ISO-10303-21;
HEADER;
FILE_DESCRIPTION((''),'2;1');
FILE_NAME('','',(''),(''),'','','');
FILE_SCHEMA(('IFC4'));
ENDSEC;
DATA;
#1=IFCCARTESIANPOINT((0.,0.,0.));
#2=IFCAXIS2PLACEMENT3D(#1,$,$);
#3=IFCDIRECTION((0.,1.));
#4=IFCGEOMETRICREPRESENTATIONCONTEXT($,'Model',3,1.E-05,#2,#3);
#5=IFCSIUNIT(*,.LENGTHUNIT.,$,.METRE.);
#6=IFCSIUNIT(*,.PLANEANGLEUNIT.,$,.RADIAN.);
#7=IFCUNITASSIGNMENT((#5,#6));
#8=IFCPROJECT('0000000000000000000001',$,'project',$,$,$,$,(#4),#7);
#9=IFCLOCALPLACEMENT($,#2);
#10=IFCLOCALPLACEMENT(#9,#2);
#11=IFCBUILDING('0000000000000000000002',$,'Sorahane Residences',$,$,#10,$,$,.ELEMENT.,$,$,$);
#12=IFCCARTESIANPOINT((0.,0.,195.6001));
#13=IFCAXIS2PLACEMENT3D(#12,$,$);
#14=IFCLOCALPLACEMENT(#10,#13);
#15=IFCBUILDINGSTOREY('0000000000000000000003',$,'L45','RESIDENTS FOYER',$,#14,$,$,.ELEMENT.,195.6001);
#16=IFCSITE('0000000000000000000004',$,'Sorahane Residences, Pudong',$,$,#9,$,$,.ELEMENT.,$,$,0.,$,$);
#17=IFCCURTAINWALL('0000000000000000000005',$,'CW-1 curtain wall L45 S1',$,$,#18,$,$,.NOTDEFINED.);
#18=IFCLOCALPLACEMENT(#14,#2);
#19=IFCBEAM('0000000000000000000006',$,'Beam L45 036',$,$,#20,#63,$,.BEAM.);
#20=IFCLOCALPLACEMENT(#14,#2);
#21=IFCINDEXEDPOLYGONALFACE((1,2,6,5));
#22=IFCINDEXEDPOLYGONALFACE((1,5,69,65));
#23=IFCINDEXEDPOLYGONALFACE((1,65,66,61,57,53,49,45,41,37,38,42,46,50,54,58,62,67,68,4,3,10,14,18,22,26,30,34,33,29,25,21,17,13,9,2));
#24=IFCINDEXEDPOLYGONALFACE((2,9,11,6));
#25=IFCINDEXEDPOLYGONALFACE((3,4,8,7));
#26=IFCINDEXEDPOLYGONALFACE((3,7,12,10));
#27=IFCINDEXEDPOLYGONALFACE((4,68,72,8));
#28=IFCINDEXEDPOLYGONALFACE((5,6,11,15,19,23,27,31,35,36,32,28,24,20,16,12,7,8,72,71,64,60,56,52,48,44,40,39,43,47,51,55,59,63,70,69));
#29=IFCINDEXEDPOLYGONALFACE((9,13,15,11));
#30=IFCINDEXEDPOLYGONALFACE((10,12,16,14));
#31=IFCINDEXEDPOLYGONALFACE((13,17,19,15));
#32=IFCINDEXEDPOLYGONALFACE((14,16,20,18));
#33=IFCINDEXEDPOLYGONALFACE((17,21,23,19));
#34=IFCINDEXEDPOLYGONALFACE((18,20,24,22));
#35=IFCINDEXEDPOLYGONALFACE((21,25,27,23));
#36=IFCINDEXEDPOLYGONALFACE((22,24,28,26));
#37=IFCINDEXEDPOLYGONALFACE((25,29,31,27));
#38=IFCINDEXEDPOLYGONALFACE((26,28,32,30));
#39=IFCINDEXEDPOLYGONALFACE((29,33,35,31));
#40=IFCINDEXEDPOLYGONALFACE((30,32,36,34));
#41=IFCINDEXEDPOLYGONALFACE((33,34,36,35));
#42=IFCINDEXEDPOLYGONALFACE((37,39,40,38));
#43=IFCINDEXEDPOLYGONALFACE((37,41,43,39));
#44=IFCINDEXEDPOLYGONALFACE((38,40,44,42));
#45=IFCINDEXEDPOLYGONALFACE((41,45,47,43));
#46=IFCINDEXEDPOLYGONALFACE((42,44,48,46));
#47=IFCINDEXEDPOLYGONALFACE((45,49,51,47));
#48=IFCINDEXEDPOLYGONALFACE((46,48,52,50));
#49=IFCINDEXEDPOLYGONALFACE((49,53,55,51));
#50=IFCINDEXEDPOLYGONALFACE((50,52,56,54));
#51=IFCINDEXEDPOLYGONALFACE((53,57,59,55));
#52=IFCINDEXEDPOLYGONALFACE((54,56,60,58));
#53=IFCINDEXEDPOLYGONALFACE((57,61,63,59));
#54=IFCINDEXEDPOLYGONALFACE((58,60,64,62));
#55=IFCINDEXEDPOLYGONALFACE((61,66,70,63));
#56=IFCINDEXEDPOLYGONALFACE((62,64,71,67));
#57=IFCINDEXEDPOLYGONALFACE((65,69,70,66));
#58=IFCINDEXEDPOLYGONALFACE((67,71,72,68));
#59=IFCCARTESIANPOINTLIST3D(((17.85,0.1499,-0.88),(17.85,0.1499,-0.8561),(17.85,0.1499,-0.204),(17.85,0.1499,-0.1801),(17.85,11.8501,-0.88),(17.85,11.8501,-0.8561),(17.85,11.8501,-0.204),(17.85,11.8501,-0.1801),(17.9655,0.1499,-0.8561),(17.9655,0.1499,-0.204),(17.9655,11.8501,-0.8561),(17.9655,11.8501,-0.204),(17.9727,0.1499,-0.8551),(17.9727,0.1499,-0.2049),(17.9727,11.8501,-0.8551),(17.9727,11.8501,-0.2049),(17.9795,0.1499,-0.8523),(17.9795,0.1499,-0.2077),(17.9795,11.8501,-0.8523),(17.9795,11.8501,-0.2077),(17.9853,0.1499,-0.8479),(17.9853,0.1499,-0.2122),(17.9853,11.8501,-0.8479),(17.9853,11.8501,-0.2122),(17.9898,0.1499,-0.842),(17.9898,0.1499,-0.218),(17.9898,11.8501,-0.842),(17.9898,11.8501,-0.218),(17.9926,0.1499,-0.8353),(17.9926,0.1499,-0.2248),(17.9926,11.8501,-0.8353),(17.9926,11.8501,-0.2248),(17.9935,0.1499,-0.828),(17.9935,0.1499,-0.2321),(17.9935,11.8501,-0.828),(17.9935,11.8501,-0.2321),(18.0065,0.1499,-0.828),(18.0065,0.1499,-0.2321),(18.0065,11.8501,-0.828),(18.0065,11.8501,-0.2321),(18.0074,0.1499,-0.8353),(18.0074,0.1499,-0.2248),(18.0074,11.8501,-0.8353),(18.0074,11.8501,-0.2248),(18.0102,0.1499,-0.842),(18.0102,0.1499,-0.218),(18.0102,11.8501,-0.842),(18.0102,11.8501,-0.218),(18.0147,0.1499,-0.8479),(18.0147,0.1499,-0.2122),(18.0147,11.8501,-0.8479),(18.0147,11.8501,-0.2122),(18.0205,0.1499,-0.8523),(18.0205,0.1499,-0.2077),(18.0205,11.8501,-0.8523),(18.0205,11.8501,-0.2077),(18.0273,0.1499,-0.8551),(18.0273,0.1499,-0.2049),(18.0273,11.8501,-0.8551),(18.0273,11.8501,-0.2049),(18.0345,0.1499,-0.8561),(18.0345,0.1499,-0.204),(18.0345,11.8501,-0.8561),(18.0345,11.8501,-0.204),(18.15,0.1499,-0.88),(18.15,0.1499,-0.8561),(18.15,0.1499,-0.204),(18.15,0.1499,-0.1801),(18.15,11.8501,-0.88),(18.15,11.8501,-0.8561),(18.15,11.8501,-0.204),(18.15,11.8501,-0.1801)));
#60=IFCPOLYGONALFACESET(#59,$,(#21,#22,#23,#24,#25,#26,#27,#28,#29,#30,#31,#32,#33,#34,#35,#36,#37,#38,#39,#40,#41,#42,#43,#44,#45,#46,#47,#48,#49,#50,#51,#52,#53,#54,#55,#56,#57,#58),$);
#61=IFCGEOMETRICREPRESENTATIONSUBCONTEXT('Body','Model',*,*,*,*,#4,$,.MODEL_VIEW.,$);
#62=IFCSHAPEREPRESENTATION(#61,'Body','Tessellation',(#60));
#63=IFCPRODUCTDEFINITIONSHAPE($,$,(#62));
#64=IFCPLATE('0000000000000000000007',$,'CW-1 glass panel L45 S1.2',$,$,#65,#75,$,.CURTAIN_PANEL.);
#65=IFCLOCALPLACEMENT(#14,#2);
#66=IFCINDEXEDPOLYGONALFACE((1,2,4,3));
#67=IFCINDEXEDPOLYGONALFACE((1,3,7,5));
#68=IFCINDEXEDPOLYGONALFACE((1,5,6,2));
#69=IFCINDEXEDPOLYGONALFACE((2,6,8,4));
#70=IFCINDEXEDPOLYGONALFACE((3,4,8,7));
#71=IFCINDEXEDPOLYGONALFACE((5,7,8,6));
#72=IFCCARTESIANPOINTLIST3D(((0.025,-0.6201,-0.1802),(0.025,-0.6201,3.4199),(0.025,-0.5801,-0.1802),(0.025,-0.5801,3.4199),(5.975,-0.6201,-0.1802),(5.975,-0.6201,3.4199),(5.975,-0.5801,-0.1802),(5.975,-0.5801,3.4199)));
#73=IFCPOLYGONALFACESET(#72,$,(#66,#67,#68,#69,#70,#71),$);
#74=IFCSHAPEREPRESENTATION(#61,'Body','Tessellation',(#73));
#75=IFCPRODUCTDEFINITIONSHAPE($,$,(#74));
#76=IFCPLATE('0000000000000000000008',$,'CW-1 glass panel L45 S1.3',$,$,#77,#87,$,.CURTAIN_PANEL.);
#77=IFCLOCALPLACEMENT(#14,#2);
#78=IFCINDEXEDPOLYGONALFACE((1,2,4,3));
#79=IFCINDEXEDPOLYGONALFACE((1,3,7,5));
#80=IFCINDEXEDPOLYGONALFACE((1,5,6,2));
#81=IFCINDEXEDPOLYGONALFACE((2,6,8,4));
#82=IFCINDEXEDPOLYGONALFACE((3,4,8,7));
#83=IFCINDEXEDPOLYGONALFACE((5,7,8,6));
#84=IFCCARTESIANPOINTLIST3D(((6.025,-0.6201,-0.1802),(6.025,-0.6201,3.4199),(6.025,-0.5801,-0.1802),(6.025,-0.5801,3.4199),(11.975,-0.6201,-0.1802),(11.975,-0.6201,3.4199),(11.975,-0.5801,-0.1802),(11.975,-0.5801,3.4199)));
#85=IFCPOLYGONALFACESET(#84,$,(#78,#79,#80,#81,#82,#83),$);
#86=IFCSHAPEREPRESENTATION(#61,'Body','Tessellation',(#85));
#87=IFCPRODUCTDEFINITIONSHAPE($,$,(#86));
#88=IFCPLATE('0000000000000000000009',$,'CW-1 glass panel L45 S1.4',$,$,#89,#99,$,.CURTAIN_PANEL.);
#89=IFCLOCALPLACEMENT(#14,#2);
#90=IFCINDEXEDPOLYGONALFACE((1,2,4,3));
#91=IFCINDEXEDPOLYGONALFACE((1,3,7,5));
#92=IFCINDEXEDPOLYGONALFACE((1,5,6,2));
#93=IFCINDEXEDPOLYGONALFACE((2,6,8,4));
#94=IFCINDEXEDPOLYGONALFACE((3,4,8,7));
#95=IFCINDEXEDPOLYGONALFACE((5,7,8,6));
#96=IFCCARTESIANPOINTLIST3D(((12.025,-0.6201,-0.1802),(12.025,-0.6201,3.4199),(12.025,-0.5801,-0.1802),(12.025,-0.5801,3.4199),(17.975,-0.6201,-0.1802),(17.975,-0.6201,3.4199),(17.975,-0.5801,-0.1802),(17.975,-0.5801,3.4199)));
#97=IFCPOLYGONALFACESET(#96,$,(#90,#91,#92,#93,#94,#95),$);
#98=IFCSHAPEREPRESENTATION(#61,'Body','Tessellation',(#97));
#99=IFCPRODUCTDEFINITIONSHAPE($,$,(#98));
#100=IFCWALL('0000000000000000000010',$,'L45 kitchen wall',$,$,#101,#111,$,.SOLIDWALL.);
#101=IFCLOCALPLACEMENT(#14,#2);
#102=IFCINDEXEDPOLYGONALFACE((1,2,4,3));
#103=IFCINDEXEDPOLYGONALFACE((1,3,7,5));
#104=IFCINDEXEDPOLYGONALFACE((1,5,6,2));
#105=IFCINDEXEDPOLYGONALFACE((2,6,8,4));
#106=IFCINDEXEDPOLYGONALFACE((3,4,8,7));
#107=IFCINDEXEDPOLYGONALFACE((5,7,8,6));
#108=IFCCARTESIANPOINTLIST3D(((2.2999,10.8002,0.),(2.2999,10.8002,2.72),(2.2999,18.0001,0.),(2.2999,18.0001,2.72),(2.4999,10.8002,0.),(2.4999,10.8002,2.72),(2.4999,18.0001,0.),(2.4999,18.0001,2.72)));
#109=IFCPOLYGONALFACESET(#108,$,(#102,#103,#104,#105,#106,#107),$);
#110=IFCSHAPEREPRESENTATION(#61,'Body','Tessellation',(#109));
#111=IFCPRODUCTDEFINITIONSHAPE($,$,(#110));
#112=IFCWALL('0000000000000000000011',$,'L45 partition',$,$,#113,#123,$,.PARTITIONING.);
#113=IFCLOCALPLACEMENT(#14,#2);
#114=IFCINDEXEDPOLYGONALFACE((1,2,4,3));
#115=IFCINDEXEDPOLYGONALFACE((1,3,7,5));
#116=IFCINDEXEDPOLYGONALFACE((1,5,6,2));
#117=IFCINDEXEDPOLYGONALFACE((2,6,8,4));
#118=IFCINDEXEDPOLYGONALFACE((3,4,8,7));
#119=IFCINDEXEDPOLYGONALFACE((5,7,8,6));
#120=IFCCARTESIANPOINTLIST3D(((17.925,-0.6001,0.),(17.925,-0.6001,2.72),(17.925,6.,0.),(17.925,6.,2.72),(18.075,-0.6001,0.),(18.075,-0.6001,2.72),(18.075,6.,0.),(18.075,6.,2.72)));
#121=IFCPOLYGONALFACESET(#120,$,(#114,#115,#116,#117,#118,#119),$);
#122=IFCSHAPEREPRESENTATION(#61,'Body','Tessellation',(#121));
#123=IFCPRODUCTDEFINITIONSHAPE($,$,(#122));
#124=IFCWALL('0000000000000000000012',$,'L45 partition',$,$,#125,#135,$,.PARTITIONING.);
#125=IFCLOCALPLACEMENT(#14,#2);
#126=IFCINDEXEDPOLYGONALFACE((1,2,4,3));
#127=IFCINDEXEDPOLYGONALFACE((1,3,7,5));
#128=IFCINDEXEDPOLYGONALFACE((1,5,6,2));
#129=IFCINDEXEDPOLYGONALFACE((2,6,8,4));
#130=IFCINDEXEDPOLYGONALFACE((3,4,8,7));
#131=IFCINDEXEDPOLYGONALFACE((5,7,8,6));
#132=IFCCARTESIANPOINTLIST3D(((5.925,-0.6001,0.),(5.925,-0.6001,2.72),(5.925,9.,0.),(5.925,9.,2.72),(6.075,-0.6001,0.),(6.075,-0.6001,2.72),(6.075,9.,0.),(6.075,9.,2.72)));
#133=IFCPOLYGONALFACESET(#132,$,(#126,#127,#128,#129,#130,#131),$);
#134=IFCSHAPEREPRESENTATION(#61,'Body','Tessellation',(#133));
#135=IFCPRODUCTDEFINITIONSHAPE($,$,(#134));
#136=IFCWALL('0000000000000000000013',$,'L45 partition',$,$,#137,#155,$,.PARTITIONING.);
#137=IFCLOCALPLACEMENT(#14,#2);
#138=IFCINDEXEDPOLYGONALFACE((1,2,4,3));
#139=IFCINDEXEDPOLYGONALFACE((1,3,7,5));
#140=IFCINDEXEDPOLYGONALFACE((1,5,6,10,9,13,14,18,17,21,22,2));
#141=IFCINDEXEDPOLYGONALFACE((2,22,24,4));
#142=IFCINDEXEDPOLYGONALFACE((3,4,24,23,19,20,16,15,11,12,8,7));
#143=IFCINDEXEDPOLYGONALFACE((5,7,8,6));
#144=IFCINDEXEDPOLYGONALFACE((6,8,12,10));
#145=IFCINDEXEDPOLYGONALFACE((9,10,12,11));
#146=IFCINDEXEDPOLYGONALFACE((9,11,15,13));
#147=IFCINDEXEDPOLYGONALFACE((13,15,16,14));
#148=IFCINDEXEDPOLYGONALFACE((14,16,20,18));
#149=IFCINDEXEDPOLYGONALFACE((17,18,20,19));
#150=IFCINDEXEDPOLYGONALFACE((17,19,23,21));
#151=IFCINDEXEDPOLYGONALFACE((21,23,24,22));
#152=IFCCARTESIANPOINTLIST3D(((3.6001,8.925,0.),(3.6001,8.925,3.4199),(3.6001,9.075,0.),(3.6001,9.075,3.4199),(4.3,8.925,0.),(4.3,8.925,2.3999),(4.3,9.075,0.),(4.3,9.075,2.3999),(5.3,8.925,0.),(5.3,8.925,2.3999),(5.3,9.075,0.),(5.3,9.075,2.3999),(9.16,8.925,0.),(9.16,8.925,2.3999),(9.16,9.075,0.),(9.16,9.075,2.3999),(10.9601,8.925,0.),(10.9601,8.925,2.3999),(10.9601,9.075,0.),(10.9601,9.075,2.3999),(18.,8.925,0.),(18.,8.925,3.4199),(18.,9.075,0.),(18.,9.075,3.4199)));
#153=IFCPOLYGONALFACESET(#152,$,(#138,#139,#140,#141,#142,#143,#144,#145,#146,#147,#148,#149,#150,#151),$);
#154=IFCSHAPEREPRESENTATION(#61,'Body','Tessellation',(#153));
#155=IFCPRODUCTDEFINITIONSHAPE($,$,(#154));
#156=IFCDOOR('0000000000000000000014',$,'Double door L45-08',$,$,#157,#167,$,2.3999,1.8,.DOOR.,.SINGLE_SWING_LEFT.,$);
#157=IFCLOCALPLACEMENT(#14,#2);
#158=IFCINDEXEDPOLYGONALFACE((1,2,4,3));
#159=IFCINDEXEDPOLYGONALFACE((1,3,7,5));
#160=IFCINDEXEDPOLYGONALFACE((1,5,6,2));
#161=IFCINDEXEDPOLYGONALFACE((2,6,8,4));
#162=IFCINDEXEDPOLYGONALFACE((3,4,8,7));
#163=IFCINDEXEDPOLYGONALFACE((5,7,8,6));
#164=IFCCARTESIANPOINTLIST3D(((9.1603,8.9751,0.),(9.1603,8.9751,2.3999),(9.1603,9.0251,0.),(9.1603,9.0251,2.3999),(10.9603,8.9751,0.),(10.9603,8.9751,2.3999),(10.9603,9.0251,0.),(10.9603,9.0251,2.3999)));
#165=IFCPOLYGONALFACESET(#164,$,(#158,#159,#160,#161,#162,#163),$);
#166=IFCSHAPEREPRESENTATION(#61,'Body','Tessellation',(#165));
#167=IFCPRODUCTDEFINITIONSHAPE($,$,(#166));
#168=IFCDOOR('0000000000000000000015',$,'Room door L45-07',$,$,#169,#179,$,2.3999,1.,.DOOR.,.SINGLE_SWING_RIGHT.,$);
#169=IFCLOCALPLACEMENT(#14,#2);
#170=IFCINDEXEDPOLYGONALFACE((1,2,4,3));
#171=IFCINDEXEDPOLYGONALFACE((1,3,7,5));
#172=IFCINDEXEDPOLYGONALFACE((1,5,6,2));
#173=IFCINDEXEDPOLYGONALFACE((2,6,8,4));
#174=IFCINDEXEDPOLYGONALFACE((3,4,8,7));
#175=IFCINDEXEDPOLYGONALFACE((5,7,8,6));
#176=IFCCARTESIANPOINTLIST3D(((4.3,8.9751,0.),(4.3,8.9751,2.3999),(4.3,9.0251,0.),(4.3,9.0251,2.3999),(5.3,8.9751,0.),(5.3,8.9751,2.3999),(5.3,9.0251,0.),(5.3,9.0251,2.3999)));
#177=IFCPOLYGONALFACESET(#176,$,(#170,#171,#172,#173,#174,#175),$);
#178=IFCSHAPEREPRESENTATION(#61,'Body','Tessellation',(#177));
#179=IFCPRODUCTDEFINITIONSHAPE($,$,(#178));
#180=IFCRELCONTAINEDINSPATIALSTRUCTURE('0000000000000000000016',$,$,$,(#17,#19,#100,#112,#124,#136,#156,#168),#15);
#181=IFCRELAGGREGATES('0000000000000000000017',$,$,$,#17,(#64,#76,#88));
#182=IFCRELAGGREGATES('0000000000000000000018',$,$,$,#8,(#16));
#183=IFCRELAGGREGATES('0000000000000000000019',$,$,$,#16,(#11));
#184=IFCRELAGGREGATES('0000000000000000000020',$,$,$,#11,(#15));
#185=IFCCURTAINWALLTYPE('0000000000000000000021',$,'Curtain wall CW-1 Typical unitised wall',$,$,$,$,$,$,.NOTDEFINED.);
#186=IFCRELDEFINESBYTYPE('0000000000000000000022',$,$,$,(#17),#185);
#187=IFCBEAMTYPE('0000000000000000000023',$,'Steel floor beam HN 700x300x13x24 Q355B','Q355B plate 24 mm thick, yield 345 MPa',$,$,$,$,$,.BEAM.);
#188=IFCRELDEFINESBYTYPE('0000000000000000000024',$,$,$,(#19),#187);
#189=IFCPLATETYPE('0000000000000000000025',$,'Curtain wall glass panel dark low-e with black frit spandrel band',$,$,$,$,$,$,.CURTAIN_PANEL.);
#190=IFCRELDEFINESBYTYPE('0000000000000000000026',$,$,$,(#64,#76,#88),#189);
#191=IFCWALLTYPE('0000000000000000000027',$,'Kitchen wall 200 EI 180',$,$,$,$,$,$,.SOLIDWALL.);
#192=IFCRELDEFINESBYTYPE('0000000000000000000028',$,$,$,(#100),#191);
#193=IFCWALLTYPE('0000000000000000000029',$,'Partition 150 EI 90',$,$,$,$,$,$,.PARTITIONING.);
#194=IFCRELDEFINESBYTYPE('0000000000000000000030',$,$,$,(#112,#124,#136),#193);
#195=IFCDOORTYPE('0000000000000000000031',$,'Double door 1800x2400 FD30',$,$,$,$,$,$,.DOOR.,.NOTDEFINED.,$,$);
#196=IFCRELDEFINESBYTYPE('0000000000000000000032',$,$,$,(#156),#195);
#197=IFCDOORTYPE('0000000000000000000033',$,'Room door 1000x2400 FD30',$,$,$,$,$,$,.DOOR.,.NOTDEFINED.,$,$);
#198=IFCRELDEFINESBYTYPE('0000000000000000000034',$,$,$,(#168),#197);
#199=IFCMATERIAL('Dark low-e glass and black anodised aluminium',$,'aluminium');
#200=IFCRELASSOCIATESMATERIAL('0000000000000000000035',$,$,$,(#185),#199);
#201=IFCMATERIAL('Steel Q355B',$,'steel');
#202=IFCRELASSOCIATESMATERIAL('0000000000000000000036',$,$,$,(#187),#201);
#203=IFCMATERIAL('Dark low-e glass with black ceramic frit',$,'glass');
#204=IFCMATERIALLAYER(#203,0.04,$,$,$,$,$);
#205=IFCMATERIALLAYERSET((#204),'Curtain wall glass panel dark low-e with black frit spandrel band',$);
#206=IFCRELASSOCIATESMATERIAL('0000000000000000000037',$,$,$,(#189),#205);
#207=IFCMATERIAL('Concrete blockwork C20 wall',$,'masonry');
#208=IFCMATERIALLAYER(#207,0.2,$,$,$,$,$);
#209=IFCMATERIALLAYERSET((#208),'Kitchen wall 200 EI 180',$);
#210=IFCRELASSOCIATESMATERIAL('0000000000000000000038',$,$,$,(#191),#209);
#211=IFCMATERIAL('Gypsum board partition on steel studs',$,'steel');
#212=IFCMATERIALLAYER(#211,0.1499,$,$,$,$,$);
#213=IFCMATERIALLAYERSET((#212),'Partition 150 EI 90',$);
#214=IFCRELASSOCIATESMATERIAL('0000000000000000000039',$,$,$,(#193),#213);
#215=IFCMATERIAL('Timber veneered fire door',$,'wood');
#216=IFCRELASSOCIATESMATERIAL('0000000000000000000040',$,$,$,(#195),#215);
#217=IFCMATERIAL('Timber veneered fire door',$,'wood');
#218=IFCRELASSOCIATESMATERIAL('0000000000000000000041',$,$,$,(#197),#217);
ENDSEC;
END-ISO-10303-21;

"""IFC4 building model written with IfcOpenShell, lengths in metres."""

from ifc_helpers import new_model, si_unit, direction, frame, frame_2d, origin, origin_2d, place, context, subcontext, project, spatial, rectangle, i_section, extrude, material, layer, layer_set, material_profile, profile_set, type_object, element, fill, aggregate, save


model = new_model("IFC4")

# Units and contexts
model_context = context("Model", 3, precision=1e-05, world=origin(), true_north=direction((0.0, 1.0)))
body_context = subcontext(model_context, "Body", "Model", "MODEL_VIEW")
ifc_project = project(units=[si_unit("LENGTHUNIT", "METRE"), si_unit("PLANEANGLEUNIT", "RADIAN")], contexts=[model_context])

# Site, building, storey
site_placement = place(None, origin())
site = spatial("IfcSite", under=ifc_project, at=site_placement, Name="Sorahane Residences, Pudong", CompositionType="ELEMENT", RefElevation=0.0)
building_placement = place(site_placement, origin())
building = spatial("IfcBuilding", under=site, at=building_placement, Name="Sorahane Residences", CompositionType="ELEMENT")
storey_placement = place(building_placement, frame((0.0, 0.0, 195.6001)))
storey = spatial("IfcBuildingStorey", under=building, at=storey_placement, Name="L45", Description="RESIDENTS FOYER", CompositionType="ELEMENT", Elevation=195.6001)

# Curtain wall
ifc_material_1 = material(Name="Dark low-e glass and black anodised aluminium", Category="aluminium")
curtain_wall_type = type_object("IfcCurtainWallType", Name="Curtain wall CW-1 Typical unitised wall", PredefinedType="NOTDEFINED", material=ifc_material_1)
curtain_wall_placement = place(storey_placement, origin())
curtain_wall = element("IfcCurtainWall", 1, at=curtain_wall_placement, inside=storey, type_object=curtain_wall_type, Name="CW-1 curtain wall L45 S1", PredefinedType="NOTDEFINED")

# Beam
ifc_material_2 = material(Name="Steel Q355B", Category="steel")
ifc_material_profile_1 = material_profile(ifc_material_2, i_section(OverallWidth=0.3, OverallDepth=0.7, WebThickness=0.0129, FlangeThickness=0.0239, FilletRadius=0.0281, at=origin_2d()), Name="HN 700x300x13x24")
ifc_profile_set_1 = profile_set([ifc_material_profile_1], Name="Steel Q355B")
beam_type_1 = type_object("IfcBeamType", Name="Steel floor beam HN 700x300x13x24 Q355B", Description="Q355B plate 24 mm thick, yield 345 MPa", PredefinedType="BEAM", material=ifc_profile_set_1)
beam_1_placement = place(storey_placement, frame((18.0, 0.1499, -0.53), z_axis=(0.0, 1.0, 0.0), x_axis=(-1.0, 0.0, 0.0)))
element("IfcBeam", 2, at=beam_1_placement, inside=storey, type_object=beam_type_1, Name="Beam L45 036", PredefinedType="BEAM", context=body_context, shape_type="SweptSolid", body=[
    extrude(i_section(OverallWidth=0.3, OverallDepth=0.7, WebThickness=0.0129, FlangeThickness=0.0239, FilletRadius=0.0281, at=origin_2d()), origin(), (0.0, 0.0, 1.0), 11.7002),
])

# Plates
ifc_material_3 = material(Name="Dark low-e glass with black ceramic frit", Category="glass")
ifc_layer_1 = layer(ifc_material_3, 0.04)
ifc_layer_set_1 = layer_set([ifc_layer_1], Name="Curtain wall glass panel dark low-e with black frit spandrel band")
plate_type = type_object("IfcPlateType", Name="Curtain wall glass panel dark low-e with black frit spandrel band", PredefinedType="CURTAIN_PANEL", material=ifc_layer_set_1)
plate_1_placement = place(storey_placement, frame((3.0, -0.6001, -0.1802), z_axis=(0.0, 0.0, 1.0), x_axis=(1.0, 0.0, 0.0)))
plate_1 = element("IfcPlate", 3, at=plate_1_placement, type_object=plate_type, Name="CW-1 glass panel L45 S1.2", PredefinedType="CURTAIN_PANEL", context=body_context, shape_type="SweptSolid", body=[
    extrude(rectangle(XDim=5.95, YDim=0.04, at=origin_2d()), origin(), (0.0, 0.0, 1.0), 3.6001),
])
plate_2_placement = place(storey_placement, frame((9.0, -0.6001, -0.1802), z_axis=(0.0, 0.0, 1.0), x_axis=(1.0, 0.0, 0.0)))
plate_2 = element("IfcPlate", 4, at=plate_2_placement, type_object=plate_type, Name="CW-1 glass panel L45 S1.3", PredefinedType="CURTAIN_PANEL", context=body_context, shape_type="SweptSolid", body=[
    extrude(rectangle(XDim=5.95, YDim=0.04, at=origin_2d()), origin(), (0.0, 0.0, 1.0), 3.6001),
])
plate_3_placement = place(storey_placement, frame((15.0, -0.6001, -0.1802), z_axis=(0.0, 0.0, 1.0), x_axis=(1.0, 0.0, 0.0)))
plate_3 = element("IfcPlate", 5, at=plate_3_placement, type_object=plate_type, Name="CW-1 glass panel L45 S1.4", PredefinedType="CURTAIN_PANEL", context=body_context, shape_type="SweptSolid", body=[
    extrude(rectangle(XDim=5.95, YDim=0.04, at=origin_2d()), origin(), (0.0, 0.0, 1.0), 3.6001),
])
aggregate(curtain_wall, [plate_1, plate_2, plate_3])

# Walls
ifc_material_4 = material(Name="Concrete blockwork C20 wall", Category="masonry")
ifc_layer_2 = layer(ifc_material_4, 0.2)
ifc_layer_set_2 = layer_set([ifc_layer_2], Name="Kitchen wall 200 EI 180")
wall_type_1 = type_object("IfcWallType", Name="Kitchen wall 200 EI 180", PredefinedType="SOLIDWALL", material=ifc_layer_set_2)
wall_1_placement = place(storey_placement, frame((2.3999, 10.8, 0.0), z_axis=(0.0, 0.0, 1.0), x_axis=(0.0, 1.0, 0.0)))
element("IfcWall", 6, at=wall_1_placement, inside=storey, type_object=wall_type_1, Name="L45 kitchen wall", PredefinedType="SOLIDWALL", context=body_context, shape_type="SweptSolid", body=[
    extrude(rectangle(XDim=7.2, YDim=0.2, at=frame_2d((3.6001, 0.0))), origin(), (0.0, 0.0, 1.0), 2.72),
])
ifc_material_5 = material(Name="Gypsum board partition on steel studs", Category="steel")
ifc_layer_3 = layer(ifc_material_5, 0.1499)
ifc_layer_set_3 = layer_set([ifc_layer_3], Name="Partition 150 EI 90")
wall_type_2 = type_object("IfcWallType", Name="Partition 150 EI 90", PredefinedType="PARTITIONING", material=ifc_layer_set_3)
wall_2_placement = place(storey_placement, frame((18.0, -0.6001, 0.0), z_axis=(0.0, 0.0, 1.0), x_axis=(0.0, 1.0, 0.0)))
element("IfcWall", 7, at=wall_2_placement, inside=storey, type_object=wall_type_2, Name="L45 partition", PredefinedType="PARTITIONING", context=body_context, shape_type="SweptSolid", body=[
    extrude(rectangle(XDim=6.6001, YDim=0.1499, at=frame_2d((3.3, 0.0))), origin(), (0.0, 0.0, 1.0), 2.72),
])
wall_3_placement = place(storey_placement, frame((6.0, -0.6001, 0.0), z_axis=(0.0, 0.0, 1.0), x_axis=(0.0, 1.0, 0.0)))
element("IfcWall", 8, at=wall_3_placement, inside=storey, type_object=wall_type_2, Name="L45 partition", PredefinedType="PARTITIONING", context=body_context, shape_type="SweptSolid", body=[
    extrude(rectangle(XDim=9.6001, YDim=0.1499, at=frame_2d((4.8, 0.0))), origin(), (0.0, 0.0, 1.0), 2.72),
])

# Wall, openings, doors
ifc_material_6 = material(Name="Timber veneered fire door", Category="wood")
door_type_1 = type_object("IfcDoorType", Name="Double door 1800x2400 FD30", OperationType="NOTDEFINED", PredefinedType="DOOR", material=ifc_material_6)
ifc_material_7 = material(Name="Timber veneered fire door", Category="wood")
door_type_2 = type_object("IfcDoorType", Name="Room door 1000x2400 FD30", OperationType="NOTDEFINED", PredefinedType="DOOR", material=ifc_material_7)
wall_4_placement = place(storey_placement, frame((3.6001, 9.0, 0.0), z_axis=(0.0, 0.0, 1.0), x_axis=(1.0, 0.0, 0.0)))
wall_4 = element("IfcWall", 9, at=wall_4_placement, inside=storey, type_object=wall_type_2, Name="L45 partition", PredefinedType="PARTITIONING", context=body_context, shape_type="SweptSolid", body=[
    extrude(rectangle(XDim=14.3999, YDim=0.1499, at=frame_2d((7.2, 0.0))), origin(), (0.0, 0.0, 1.0), 3.4199),
])
opening_1_placement = place(wall_4_placement, frame((0.7, 0.0, 0.0)))
opening_1 = element("IfcOpeningElement", 10, at=opening_1_placement, cuts=wall_4, PredefinedType="OPENING", context=body_context, shape_type="SweptSolid", body=[
    extrude(rectangle(XDim=1.0, YDim=2.3999, at=frame_2d((0.5, 1.2))), frame((0.0, 0.085, 0.0), z_axis=(0.0, -1.0, 0.0), x_axis=(1.0, 0.0, 0.0)), (0.0, 0.0, 1.0), 0.1699),
])
opening_2_placement = place(wall_4_placement, frame((5.5601, 0.0, 0.0)))
opening_2 = element("IfcOpeningElement", 11, at=opening_2_placement, cuts=wall_4, PredefinedType="OPENING", context=body_context, shape_type="SweptSolid", body=[
    extrude(rectangle(XDim=1.8, YDim=2.3999, at=frame_2d((0.8999, 1.2))), frame((0.0, 0.085, 0.0), z_axis=(0.0, -1.0, 0.0), x_axis=(1.0, 0.0, 0.0)), (0.0, 0.0, 1.0), 0.1699),
])
door_1_placement = place(opening_2_placement, frame((1.8, 0.0, 0.0), z_axis=(0.0, 0.0, 1.0), x_axis=(-1.0, 0.0, 0.0)))
door_1 = element("IfcDoor", 12, at=door_1_placement, inside=storey, type_object=door_type_1, Name="Double door L45-08", OperationType="SINGLE_SWING_LEFT", OverallHeight=2.3999, OverallWidth=1.8, PredefinedType="DOOR", context=body_context, shape_type="SweptSolid", body=[
    extrude(rectangle(XDim=1.8, YDim=2.3999, at=frame_2d((0.8999, 1.2))), frame((0.0, 0.0249, 0.0), z_axis=(0.0, -1.0, 0.0), x_axis=(1.0, 0.0, 0.0)), (0.0, 0.0, 1.0), 0.05),
])
fill(opening_2, door_1)
door_2_placement = place(opening_1_placement, frame((1.0, 0.0, 0.0), z_axis=(0.0, 0.0, 1.0), x_axis=(-1.0, 0.0, 0.0)))
door_2 = element("IfcDoor", 13, at=door_2_placement, inside=storey, type_object=door_type_2, Name="Room door L45-07", OperationType="SINGLE_SWING_RIGHT", OverallHeight=2.3999, OverallWidth=1.0, PredefinedType="DOOR", context=body_context, shape_type="SweptSolid", body=[
    extrude(rectangle(XDim=1.0, YDim=2.3999, at=frame_2d((0.5, 1.2))), frame((0.0, 0.0249, 0.0), z_axis=(0.0, -1.0, 0.0), x_axis=(1.0, 0.0, 0.0)), (0.0, 0.0, 1.0), 0.05),
])
fill(opening_1, door_2)

save(model, "model.ifc")
